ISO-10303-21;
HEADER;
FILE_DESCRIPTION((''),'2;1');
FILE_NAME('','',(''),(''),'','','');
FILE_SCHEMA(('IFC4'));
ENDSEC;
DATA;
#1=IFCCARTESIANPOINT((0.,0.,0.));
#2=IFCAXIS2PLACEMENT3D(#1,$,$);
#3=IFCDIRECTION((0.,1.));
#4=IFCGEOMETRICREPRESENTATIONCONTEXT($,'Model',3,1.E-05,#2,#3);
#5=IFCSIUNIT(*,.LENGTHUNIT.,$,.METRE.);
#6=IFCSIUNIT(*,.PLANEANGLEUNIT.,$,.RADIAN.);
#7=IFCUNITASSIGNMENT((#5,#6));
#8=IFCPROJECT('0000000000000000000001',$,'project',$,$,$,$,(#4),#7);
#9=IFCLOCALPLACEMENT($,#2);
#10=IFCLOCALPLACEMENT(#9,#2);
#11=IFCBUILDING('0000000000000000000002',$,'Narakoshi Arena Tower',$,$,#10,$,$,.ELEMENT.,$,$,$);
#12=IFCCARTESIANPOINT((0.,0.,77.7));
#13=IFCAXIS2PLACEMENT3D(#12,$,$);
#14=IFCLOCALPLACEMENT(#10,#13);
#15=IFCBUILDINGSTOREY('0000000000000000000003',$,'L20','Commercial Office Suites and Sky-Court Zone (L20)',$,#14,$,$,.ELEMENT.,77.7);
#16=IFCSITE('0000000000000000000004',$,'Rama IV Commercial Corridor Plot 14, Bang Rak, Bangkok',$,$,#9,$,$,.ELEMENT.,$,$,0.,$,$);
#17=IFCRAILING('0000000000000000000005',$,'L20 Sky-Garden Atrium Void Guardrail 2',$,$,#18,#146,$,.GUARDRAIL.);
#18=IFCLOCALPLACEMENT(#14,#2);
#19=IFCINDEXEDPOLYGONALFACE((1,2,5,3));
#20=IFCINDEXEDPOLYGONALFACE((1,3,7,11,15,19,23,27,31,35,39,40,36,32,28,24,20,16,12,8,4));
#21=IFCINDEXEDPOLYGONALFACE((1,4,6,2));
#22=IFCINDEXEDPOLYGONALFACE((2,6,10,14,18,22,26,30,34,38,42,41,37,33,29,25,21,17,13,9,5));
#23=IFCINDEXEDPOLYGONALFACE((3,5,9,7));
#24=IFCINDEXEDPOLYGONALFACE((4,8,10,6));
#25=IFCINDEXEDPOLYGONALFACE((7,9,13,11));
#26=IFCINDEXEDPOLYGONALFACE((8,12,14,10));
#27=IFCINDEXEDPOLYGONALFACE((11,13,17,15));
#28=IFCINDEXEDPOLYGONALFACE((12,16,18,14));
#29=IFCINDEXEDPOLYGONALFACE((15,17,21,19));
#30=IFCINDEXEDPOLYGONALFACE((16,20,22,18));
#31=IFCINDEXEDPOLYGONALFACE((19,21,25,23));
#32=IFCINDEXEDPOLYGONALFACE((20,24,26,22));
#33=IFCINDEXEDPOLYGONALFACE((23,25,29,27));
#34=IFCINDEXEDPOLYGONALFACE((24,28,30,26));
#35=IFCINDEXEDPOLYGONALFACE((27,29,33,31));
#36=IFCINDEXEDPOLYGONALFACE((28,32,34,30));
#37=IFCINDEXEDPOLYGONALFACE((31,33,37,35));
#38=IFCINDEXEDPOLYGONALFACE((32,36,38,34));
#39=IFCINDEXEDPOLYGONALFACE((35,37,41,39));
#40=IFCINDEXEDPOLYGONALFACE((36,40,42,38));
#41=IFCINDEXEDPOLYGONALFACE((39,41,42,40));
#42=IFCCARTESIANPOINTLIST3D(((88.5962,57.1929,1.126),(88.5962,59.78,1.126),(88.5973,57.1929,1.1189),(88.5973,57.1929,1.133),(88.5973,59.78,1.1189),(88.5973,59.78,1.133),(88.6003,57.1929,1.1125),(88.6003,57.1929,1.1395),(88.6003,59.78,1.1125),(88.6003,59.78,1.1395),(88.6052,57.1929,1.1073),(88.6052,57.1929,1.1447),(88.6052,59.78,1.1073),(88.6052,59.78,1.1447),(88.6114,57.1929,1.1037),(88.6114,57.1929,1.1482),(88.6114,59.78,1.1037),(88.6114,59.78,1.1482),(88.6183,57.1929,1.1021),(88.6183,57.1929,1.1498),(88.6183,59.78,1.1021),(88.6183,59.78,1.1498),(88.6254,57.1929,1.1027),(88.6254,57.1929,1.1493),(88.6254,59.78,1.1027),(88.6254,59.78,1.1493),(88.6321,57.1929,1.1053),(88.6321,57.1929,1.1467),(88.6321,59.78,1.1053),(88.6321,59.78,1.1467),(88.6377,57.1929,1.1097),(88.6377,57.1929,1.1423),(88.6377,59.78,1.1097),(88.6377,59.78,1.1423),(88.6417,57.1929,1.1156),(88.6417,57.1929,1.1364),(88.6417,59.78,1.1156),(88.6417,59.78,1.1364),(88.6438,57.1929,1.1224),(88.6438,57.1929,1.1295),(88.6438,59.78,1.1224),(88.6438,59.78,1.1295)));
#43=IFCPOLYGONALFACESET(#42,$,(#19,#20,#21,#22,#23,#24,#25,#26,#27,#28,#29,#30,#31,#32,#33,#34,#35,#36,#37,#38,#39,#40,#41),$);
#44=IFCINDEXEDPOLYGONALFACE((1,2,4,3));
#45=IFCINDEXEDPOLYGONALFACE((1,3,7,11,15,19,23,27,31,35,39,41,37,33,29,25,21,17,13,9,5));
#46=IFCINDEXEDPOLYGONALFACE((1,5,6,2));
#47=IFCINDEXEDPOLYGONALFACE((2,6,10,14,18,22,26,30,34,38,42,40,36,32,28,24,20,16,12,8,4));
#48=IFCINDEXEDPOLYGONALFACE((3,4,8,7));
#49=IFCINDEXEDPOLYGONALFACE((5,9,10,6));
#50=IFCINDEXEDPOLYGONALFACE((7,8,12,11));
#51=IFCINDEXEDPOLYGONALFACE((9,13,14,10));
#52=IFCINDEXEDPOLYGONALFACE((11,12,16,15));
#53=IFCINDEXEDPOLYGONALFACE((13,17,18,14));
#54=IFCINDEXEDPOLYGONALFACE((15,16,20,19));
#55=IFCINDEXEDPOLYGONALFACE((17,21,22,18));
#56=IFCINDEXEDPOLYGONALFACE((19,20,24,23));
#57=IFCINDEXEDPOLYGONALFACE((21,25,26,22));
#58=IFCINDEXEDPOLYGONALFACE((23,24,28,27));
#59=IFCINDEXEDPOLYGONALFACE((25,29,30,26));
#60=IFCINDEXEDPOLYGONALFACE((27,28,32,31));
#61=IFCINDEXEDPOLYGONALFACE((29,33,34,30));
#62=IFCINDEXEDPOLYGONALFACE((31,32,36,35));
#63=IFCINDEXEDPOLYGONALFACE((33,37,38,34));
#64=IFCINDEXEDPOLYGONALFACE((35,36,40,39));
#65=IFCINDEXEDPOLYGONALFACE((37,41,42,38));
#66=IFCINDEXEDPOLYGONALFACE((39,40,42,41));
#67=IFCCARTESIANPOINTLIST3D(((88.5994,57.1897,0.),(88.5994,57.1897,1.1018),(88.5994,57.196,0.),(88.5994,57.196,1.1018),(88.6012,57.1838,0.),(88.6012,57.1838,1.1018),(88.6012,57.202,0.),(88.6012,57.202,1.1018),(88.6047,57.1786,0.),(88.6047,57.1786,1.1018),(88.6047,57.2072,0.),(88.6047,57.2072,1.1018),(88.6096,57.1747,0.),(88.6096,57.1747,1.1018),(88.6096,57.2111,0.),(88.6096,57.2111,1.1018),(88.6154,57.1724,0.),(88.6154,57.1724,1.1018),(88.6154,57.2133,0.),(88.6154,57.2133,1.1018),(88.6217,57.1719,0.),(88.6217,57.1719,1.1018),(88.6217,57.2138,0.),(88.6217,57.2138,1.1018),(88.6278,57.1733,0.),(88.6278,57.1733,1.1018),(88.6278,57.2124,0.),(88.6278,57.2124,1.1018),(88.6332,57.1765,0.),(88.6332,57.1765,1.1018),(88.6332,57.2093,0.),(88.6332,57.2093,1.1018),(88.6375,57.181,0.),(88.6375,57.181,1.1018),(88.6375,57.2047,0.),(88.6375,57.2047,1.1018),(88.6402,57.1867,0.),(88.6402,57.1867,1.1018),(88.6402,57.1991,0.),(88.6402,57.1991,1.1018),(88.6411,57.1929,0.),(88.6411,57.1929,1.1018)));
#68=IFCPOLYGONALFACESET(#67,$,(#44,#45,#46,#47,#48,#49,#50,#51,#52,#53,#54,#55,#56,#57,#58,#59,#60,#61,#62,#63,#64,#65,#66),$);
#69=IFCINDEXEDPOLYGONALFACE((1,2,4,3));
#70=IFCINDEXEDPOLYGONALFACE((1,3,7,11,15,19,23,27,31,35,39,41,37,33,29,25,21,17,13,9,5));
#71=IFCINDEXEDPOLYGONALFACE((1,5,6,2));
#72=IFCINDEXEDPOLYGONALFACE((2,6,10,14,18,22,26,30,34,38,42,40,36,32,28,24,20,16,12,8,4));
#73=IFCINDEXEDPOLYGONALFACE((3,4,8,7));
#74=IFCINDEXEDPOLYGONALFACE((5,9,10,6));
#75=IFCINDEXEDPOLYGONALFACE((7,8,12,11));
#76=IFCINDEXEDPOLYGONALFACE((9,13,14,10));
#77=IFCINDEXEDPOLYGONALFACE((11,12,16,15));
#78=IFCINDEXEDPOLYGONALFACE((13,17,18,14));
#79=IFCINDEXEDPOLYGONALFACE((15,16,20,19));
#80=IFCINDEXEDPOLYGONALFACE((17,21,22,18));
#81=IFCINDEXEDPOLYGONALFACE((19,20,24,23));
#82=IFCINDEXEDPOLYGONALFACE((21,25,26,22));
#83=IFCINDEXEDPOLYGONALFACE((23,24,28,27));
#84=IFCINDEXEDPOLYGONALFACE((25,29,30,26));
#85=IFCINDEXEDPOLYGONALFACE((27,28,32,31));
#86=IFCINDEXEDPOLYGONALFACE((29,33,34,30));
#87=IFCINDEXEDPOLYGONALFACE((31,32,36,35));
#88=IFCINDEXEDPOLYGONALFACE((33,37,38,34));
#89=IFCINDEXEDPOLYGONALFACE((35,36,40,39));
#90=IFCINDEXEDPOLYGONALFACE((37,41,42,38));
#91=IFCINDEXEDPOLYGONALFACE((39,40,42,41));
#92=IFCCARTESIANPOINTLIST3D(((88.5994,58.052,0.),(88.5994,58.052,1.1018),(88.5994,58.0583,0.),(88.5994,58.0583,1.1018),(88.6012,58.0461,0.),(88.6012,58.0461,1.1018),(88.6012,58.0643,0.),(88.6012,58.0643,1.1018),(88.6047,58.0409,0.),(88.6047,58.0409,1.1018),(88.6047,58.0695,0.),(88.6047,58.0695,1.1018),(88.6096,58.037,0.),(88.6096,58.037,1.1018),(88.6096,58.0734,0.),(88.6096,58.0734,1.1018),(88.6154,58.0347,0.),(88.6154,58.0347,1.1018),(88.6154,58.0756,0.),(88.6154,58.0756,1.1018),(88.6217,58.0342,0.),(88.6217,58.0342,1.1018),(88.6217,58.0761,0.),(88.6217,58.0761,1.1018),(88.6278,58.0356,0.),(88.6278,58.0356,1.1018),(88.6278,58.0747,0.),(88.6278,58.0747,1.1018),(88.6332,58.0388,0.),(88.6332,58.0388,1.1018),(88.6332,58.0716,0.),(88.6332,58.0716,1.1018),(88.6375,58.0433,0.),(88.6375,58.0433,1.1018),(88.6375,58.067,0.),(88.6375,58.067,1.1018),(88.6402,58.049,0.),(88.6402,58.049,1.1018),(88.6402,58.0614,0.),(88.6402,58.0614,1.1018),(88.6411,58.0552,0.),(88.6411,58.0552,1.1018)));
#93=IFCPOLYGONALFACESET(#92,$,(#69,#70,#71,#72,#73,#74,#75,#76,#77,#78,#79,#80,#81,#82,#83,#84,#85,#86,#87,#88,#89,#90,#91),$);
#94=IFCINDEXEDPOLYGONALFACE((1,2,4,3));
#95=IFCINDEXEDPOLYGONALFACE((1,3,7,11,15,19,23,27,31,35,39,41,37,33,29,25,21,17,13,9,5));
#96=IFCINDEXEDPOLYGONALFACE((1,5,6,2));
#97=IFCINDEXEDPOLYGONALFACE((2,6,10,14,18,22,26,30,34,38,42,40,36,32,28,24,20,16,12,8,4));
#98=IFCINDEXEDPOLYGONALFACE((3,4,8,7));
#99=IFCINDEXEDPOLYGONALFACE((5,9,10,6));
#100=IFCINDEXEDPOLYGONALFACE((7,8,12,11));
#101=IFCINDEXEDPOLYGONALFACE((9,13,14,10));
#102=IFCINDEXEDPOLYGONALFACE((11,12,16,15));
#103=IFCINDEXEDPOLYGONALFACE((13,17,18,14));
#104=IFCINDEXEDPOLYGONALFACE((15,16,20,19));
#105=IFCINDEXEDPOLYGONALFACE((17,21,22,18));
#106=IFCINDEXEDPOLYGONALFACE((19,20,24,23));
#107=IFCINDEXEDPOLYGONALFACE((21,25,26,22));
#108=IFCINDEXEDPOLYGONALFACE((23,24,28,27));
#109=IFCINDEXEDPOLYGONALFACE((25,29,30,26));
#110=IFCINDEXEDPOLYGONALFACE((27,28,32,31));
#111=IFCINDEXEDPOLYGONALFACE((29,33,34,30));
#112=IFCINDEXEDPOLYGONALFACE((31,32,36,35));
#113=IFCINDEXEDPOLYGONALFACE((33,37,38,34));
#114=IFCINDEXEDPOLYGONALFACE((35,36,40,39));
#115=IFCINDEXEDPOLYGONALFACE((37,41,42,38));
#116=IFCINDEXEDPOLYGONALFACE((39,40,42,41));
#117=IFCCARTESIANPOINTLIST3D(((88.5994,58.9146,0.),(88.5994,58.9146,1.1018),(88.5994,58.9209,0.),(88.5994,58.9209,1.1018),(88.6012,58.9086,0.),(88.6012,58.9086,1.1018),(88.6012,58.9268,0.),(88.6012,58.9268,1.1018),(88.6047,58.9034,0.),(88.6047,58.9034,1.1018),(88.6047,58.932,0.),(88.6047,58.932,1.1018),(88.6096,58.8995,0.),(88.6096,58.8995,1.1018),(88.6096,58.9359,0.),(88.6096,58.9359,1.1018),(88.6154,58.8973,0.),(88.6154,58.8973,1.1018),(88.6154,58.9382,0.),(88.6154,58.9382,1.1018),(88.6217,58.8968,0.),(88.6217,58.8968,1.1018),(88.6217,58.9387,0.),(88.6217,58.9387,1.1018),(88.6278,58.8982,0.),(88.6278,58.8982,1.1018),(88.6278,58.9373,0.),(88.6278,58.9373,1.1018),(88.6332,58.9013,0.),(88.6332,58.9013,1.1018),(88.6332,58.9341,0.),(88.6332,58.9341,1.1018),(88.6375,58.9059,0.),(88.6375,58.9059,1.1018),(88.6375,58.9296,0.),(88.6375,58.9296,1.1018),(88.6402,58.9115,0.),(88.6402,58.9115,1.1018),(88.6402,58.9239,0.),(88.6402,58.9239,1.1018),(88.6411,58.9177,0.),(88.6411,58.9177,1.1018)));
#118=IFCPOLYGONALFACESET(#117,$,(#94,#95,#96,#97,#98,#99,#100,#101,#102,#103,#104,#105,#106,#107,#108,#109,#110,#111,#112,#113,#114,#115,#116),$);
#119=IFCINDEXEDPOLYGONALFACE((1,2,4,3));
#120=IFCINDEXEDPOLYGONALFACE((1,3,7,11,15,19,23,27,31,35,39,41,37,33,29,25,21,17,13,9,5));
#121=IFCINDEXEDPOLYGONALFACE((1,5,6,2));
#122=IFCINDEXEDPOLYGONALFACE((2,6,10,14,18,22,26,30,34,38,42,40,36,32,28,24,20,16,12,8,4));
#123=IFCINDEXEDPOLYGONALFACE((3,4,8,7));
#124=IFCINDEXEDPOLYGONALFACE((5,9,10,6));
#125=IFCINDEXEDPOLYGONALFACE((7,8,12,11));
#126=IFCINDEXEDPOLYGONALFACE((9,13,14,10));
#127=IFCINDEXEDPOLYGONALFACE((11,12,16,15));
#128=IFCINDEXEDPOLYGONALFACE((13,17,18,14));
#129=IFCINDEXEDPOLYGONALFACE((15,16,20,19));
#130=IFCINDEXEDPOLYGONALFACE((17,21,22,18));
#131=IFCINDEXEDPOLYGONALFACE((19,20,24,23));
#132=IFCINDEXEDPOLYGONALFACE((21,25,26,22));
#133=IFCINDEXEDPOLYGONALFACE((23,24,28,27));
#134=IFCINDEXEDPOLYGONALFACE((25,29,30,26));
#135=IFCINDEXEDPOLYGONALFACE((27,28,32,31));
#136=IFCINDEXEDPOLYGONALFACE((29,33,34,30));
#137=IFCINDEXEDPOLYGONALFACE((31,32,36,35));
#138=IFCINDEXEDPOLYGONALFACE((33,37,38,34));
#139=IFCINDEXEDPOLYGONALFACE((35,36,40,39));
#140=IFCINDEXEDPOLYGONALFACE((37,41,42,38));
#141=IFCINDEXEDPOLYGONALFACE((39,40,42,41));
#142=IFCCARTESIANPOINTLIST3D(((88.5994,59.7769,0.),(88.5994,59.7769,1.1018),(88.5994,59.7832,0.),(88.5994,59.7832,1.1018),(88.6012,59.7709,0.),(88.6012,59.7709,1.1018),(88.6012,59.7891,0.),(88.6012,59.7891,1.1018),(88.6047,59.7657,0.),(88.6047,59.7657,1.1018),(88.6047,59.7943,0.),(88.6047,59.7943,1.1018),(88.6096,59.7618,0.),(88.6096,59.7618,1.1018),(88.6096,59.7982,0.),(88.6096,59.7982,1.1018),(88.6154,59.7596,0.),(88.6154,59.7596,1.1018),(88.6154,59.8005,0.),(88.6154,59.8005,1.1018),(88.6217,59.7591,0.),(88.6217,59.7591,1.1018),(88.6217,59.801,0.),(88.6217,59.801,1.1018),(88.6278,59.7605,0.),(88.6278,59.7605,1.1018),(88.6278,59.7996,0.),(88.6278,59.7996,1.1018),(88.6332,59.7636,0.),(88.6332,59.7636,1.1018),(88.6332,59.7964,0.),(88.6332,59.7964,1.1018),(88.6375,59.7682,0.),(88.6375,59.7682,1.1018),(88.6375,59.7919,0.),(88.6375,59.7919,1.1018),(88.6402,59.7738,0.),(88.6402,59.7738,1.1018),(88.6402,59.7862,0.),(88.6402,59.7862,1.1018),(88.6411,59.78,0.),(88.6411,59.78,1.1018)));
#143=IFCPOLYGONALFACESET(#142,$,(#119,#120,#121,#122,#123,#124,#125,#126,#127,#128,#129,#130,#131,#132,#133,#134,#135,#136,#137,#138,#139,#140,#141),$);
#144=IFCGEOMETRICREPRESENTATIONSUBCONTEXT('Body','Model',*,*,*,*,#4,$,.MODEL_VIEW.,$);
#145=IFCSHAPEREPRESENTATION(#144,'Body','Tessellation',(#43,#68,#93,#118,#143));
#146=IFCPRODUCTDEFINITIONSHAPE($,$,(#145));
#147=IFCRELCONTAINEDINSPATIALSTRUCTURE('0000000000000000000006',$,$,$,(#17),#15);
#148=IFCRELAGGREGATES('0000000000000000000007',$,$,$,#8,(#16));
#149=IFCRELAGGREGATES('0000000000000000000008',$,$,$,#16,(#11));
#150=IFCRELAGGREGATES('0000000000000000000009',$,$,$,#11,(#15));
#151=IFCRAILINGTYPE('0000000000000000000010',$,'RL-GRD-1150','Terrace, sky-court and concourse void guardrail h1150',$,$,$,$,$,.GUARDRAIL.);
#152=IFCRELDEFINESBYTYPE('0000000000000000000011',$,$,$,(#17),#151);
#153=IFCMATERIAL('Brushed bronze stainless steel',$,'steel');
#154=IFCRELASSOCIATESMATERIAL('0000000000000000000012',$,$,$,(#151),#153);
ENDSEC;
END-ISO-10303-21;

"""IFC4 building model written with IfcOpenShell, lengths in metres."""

from ifc_helpers import new_model, si_unit, direction, frame, origin, origin_2d, place, context, subcontext, project, spatial, circle, extrude, material, type_object, element, save


model = new_model("IFC4")

# Units and contexts
model_context = context("Model", 3, precision=1e-05, world=origin(), true_north=direction((0.0, 1.0)))
body_context = subcontext(model_context, "Body", "Model", "MODEL_VIEW")
ifc_project = project(units=[si_unit("LENGTHUNIT", "METRE"), si_unit("PLANEANGLEUNIT", "RADIAN")], contexts=[model_context])

# Site, building, storey
site_placement = place(None, origin())
site = spatial("IfcSite", under=ifc_project, at=site_placement, Name="Rama IV Commercial Corridor Plot 14, Bang Rak, Bangkok", CompositionType="ELEMENT", RefElevation=0.0)
building_placement = place(site_placement, origin())
building = spatial("IfcBuilding", under=site, at=building_placement, Name="Narakoshi Arena Tower", CompositionType="ELEMENT")
storey_placement = place(building_placement, frame((0.0, 0.0, 77.7)))
storey = spatial("IfcBuildingStorey", under=building, at=storey_placement, Name="L20", Description="Commercial Office Suites and Sky-Court Zone (L20)", CompositionType="ELEMENT", Elevation=77.7)

# Railing
ifc_material_1 = material(Name="Brushed bronze stainless steel", Category="steel")
railing_type = type_object("IfcRailingType", Name="RL-GRD-1150", Description="Terrace, sky-court and concourse void guardrail h1150", PredefinedType="GUARDRAIL", material=ifc_material_1)
railing_1_placement = place(storey_placement, frame((88.6201, 57.1929, 0.0)))
element("IfcRailing", 1, at=railing_1_placement, inside=storey, type_object=railing_type, Name="L20 Sky-Garden Atrium Void Guardrail 2", PredefinedType="GUARDRAIL", context=body_context, shape_type="SweptSolid", body=[
    extrude(circle(Radius=0.0239, at=origin_2d()), frame((0.0, 0.0, 1.126), z_axis=(0.0, 1.0, 0.0), x_axis=(-1.0, 0.0, 0.0)), (0.0, 0.0, 1.0), 2.5872),
    extrude(circle(Radius=0.021, at=origin_2d()), origin(), (0.0, 0.0, 1.0), 1.1018),
    extrude(circle(Radius=0.021, at=origin_2d()), frame((0.0, 0.8623, 0.0)), (0.0, 0.0, 1.0), 1.1018),
    extrude(circle(Radius=0.021, at=origin_2d()), frame((0.0, 1.7249, 0.0)), (0.0, 0.0, 1.0), 1.1018),
    extrude(circle(Radius=0.021, at=origin_2d()), frame((0.0, 2.5872, 0.0)), (0.0, 0.0, 1.0), 1.1018),
])

save(model, "model.ifc")
